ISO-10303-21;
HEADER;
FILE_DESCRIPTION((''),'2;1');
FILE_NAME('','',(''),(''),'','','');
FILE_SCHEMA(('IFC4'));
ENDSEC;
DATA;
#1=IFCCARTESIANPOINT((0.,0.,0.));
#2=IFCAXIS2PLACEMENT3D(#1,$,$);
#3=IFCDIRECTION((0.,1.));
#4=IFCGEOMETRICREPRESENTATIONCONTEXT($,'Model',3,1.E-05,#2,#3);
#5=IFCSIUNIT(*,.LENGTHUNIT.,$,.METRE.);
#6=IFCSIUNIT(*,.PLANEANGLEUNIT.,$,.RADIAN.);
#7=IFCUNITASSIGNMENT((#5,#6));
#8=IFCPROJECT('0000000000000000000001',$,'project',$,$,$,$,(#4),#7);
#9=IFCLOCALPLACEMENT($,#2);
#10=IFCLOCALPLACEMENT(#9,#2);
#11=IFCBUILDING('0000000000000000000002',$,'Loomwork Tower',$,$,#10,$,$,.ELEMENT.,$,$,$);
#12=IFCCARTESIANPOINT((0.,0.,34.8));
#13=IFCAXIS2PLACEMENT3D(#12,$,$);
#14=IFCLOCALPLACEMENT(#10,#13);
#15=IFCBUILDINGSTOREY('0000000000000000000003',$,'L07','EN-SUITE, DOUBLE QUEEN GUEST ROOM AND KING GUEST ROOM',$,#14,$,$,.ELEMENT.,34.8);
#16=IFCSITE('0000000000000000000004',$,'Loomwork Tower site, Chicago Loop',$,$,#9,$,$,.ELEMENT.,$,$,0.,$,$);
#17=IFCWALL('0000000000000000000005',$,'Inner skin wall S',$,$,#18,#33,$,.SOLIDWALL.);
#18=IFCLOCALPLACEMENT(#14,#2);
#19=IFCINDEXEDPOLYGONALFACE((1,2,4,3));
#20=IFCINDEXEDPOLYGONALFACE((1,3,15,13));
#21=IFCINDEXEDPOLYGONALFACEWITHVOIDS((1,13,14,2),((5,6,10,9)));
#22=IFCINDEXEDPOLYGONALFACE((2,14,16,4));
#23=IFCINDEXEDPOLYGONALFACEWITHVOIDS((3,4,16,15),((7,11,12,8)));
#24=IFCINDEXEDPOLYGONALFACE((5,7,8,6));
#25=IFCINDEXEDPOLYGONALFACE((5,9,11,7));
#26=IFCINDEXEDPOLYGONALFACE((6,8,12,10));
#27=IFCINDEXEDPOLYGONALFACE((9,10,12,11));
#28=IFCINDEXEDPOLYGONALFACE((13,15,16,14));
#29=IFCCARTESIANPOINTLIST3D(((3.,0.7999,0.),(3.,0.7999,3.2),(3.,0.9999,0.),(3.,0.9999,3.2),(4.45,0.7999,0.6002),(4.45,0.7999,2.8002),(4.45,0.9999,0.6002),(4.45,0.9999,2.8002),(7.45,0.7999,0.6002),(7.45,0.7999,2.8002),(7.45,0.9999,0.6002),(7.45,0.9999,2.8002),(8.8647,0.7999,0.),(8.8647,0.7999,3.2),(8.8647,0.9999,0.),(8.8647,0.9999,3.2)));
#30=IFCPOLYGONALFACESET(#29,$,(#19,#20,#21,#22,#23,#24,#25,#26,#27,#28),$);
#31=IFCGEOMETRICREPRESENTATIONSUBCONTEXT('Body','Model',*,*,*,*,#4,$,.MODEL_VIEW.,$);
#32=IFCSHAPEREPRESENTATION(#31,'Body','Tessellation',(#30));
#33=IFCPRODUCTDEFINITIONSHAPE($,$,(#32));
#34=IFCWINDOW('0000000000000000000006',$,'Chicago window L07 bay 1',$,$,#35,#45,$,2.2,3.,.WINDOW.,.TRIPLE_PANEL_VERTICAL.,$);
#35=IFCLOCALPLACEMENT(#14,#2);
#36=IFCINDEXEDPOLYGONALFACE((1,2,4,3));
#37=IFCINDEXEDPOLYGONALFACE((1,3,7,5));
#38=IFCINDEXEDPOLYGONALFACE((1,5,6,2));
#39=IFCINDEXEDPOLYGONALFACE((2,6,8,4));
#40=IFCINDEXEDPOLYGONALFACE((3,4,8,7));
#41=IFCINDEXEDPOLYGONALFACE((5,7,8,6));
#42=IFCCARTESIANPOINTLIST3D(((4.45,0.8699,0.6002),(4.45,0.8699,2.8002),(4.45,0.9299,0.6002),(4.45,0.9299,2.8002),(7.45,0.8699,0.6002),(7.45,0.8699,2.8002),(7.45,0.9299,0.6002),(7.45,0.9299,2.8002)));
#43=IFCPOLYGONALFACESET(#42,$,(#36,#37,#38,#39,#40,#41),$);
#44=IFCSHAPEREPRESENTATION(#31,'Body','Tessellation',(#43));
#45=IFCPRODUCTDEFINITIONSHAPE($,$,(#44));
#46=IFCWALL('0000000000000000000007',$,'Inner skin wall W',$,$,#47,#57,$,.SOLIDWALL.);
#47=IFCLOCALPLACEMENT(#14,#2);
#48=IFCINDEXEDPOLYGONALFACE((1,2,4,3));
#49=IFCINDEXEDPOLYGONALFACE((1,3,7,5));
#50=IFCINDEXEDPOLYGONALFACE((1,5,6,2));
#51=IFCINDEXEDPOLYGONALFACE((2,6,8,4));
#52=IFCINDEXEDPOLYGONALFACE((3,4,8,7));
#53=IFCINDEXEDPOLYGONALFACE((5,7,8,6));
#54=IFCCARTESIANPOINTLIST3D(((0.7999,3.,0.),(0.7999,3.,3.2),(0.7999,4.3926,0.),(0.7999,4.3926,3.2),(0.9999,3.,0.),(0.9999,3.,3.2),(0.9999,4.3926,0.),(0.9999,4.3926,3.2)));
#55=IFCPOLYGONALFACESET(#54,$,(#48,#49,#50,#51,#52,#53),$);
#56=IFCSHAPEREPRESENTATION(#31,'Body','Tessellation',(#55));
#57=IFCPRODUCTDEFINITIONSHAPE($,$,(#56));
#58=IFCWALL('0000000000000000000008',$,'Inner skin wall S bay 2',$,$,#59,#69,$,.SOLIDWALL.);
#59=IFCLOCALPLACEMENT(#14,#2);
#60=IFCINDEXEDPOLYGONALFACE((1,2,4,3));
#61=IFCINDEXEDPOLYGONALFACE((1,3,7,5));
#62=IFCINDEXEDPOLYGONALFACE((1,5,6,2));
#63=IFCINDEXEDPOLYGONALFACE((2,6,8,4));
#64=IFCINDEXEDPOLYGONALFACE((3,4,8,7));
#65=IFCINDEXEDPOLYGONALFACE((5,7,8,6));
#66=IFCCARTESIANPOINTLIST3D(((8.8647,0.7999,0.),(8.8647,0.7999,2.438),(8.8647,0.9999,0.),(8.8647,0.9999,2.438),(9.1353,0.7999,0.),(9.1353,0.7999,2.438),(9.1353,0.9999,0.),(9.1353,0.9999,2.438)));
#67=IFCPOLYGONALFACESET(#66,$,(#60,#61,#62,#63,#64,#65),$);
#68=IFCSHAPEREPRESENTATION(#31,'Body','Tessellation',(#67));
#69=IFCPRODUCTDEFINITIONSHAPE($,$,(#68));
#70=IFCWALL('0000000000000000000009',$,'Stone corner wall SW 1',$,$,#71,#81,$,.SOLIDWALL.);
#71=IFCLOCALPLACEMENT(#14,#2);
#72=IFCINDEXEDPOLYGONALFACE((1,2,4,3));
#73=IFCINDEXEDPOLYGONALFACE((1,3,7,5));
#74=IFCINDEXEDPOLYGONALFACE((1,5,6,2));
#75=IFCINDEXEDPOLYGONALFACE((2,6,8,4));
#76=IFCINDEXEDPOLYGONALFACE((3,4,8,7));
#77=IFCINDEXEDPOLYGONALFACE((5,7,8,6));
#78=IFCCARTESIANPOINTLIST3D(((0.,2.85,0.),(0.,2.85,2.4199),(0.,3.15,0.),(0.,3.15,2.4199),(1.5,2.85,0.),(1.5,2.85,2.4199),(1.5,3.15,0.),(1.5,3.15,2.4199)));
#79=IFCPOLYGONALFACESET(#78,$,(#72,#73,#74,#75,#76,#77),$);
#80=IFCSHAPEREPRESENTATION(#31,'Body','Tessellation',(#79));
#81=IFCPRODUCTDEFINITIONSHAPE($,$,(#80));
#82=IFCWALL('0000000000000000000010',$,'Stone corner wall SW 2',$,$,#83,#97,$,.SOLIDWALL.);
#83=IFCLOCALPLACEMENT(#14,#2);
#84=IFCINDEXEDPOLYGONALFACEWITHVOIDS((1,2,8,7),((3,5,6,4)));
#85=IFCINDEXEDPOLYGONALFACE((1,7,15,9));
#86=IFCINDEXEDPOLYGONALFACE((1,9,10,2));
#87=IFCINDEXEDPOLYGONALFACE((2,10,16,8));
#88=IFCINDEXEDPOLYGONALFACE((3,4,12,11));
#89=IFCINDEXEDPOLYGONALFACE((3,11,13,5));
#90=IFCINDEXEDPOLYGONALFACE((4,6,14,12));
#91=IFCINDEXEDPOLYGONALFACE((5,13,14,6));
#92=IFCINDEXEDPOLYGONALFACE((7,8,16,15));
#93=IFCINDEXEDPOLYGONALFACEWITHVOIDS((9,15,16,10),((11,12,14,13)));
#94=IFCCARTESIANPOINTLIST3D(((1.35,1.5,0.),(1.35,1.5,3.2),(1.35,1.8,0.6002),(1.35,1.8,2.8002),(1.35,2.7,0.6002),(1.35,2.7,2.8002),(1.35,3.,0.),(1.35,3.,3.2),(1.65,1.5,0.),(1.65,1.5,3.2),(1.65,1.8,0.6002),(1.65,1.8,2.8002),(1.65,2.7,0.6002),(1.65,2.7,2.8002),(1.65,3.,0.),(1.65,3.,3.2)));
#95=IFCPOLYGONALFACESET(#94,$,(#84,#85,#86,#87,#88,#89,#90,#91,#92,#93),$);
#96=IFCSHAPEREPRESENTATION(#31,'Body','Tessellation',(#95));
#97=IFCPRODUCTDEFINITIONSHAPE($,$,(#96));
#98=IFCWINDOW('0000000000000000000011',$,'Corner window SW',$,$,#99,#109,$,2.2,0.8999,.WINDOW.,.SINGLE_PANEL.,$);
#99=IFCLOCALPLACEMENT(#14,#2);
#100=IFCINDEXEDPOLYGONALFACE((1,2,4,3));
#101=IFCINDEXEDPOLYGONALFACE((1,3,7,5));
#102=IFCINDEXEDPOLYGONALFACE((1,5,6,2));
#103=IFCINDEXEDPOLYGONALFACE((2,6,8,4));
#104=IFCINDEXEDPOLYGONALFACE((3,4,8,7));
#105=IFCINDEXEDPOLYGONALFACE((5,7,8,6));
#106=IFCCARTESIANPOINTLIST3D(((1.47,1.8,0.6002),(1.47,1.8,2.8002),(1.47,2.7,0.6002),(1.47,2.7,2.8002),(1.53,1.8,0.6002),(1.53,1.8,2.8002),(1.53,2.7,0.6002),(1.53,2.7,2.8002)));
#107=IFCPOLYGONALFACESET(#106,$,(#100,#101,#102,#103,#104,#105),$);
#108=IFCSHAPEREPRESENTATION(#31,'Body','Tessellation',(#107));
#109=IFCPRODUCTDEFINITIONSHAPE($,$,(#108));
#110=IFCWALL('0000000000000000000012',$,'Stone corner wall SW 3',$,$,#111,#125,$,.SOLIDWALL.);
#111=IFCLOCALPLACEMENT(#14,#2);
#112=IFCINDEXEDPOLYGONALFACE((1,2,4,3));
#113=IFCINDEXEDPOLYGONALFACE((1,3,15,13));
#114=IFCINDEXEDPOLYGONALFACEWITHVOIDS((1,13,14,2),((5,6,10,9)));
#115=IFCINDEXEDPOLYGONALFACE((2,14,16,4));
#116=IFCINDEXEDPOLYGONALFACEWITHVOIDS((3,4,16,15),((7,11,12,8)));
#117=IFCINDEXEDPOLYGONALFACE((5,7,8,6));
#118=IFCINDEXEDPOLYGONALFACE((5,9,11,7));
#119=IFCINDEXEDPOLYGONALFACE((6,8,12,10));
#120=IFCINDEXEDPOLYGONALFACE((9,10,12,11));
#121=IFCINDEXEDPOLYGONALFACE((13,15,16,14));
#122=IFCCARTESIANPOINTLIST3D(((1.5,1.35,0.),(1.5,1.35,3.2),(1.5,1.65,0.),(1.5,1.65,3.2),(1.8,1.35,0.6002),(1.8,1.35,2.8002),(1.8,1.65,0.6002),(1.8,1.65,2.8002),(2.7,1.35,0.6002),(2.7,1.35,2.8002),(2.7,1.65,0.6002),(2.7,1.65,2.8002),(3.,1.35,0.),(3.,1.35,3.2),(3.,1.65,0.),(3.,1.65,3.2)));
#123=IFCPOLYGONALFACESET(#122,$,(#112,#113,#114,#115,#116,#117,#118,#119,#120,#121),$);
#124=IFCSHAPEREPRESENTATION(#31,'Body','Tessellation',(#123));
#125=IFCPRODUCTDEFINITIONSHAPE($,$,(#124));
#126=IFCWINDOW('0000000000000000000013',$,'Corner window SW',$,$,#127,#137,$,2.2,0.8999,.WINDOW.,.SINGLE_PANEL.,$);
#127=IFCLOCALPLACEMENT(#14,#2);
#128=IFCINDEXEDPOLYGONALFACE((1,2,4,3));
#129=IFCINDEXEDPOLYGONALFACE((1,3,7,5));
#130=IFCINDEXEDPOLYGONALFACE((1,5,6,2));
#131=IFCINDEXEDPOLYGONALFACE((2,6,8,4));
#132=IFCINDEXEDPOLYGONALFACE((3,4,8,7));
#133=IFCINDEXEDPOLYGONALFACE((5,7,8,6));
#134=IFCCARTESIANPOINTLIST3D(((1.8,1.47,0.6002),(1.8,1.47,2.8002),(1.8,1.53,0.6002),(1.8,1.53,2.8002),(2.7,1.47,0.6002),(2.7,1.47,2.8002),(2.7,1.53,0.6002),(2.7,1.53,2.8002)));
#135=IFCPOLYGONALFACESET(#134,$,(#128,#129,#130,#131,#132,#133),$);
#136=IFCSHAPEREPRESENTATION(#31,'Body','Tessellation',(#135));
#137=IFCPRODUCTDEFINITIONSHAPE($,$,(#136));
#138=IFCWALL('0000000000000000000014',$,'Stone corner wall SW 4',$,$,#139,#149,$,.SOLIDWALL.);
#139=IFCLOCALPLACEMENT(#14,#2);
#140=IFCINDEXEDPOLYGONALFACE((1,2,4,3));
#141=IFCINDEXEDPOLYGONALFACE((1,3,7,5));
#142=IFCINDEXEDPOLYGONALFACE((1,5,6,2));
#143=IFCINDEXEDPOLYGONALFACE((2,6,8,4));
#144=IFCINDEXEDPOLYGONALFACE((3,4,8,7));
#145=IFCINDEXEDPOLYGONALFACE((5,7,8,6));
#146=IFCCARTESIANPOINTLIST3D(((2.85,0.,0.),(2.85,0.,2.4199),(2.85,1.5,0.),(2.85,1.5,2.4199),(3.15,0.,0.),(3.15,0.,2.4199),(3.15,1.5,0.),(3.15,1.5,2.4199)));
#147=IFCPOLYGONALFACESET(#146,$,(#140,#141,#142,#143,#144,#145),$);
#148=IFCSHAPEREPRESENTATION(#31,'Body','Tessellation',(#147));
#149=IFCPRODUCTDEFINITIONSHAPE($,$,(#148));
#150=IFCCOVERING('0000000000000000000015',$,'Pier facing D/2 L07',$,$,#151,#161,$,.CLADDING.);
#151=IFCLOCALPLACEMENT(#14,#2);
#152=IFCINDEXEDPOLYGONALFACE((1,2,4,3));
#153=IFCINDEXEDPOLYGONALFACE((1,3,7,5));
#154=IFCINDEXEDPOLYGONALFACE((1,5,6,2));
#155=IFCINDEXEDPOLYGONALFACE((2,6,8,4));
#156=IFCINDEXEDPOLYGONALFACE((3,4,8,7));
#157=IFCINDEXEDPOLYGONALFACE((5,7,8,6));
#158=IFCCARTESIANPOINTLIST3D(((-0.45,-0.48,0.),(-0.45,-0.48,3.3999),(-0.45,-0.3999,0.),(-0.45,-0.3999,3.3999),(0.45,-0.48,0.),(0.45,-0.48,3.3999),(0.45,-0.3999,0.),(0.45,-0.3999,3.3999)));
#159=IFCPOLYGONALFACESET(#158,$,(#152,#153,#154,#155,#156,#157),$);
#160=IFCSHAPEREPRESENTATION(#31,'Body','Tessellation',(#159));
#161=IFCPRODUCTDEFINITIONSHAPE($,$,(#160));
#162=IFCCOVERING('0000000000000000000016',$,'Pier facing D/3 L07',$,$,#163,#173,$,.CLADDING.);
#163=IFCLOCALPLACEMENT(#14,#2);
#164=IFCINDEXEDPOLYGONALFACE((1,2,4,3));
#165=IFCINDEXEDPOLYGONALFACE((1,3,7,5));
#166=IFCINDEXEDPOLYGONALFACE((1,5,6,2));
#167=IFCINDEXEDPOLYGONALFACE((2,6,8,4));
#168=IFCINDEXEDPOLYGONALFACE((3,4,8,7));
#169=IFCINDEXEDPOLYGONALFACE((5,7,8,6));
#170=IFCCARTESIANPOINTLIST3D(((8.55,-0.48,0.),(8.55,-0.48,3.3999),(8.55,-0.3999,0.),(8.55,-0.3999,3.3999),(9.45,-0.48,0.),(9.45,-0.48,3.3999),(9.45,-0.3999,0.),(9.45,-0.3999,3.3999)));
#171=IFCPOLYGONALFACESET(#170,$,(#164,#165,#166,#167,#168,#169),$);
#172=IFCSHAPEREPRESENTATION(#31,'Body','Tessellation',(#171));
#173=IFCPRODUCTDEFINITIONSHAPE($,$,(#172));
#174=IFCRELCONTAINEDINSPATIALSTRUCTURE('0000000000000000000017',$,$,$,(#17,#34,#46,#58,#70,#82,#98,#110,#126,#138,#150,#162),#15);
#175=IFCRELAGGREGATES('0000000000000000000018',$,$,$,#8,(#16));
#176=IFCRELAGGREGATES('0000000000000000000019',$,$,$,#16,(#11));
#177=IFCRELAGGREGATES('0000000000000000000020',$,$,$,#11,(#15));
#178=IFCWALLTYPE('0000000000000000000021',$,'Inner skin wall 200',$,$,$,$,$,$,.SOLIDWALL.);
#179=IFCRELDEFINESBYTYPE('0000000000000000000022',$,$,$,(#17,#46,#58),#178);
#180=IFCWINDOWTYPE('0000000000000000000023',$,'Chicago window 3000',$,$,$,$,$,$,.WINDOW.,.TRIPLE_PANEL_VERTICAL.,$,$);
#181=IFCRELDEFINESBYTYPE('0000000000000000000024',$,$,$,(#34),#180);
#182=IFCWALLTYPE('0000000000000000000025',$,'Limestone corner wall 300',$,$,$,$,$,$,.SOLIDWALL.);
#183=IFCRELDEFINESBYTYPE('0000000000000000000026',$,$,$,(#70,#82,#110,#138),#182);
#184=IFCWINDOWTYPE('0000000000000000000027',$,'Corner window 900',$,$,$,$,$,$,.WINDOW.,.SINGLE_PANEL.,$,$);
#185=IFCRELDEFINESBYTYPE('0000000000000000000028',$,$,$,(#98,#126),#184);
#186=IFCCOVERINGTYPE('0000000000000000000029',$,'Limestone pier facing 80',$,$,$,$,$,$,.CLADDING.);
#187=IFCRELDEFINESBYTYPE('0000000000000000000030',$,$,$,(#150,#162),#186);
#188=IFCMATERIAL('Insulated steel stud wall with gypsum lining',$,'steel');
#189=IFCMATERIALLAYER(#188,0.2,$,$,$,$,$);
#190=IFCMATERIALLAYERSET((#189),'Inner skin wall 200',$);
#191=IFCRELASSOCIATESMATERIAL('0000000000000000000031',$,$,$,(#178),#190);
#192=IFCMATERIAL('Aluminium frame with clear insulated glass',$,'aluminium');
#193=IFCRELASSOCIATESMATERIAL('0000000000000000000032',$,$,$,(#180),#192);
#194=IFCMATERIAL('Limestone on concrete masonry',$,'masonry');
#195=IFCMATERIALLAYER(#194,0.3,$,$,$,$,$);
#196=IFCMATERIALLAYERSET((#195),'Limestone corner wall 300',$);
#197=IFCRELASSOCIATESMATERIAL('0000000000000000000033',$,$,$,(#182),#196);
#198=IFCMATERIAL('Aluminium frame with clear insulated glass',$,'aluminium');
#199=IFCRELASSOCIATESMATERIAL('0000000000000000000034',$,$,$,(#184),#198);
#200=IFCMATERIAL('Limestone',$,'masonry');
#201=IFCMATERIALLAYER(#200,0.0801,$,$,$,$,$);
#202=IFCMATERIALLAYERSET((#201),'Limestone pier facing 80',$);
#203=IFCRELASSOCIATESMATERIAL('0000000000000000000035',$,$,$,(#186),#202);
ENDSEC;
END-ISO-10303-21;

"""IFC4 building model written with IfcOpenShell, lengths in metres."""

from ifc_helpers import new_model, si_unit, direction, frame, frame_2d, origin, origin_2d, place, context, subcontext, project, spatial, rectangle, extrude, material, layer, layer_set, type_object, element, fill, save


model = new_model("IFC4")

# Units and contexts
model_context = context("Model", 3, precision=1e-05, world=origin(), true_north=direction((0.0, 1.0)))
body_context = subcontext(model_context, "Body", "Model", "MODEL_VIEW")
ifc_project = project(units=[si_unit("LENGTHUNIT", "METRE"), si_unit("PLANEANGLEUNIT", "RADIAN")], contexts=[model_context])

# Site, building, storey
site_placement = place(None, origin())
site = spatial("IfcSite", under=ifc_project, at=site_placement, Name="Loomwork Tower site, Chicago Loop", CompositionType="ELEMENT", RefElevation=0.0)
building_placement = place(site_placement, origin())
building = spatial("IfcBuilding", under=site, at=building_placement, Name="Loomwork Tower", CompositionType="ELEMENT")
storey_placement = place(building_placement, frame((0.0, 0.0, 34.8)))
storey = spatial("IfcBuildingStorey", under=building, at=storey_placement, Name="L07", Description="EN-SUITE, DOUBLE QUEEN GUEST ROOM AND KING GUEST ROOM", CompositionType="ELEMENT", Elevation=34.8)

# Wall, opening, window
ifc_material_1 = material(Name="Insulated steel stud wall with gypsum lining", Category="steel")
ifc_layer_1 = layer(ifc_material_1, 0.2)
ifc_layer_set_1 = layer_set([ifc_layer_1], Name="Inner skin wall 200")
wall_type_1 = type_object("IfcWallType", Name="Inner skin wall 200", PredefinedType="SOLIDWALL", material=ifc_layer_set_1)
wall_1_placement = place(storey_placement, frame((3.0, 0.8999, 0.0), z_axis=(0.0, 0.0, 1.0), x_axis=(1.0, 0.0, 0.0)))
wall_1 = element("IfcWall", 1, at=wall_1_placement, inside=storey, type_object=wall_type_1, Name="Inner skin wall S", PredefinedType="SOLIDWALL", context=body_context, shape_type="SweptSolid", body=[
    extrude(rectangle(XDim=5.8647, YDim=0.2, at=frame_2d((2.9324, 0.0))), origin(), (0.0, 0.0, 1.0), 3.2),
])
opening_1_placement = place(wall_1_placement, frame((1.45, 0.0, 0.6001)))
opening_1 = element("IfcOpeningElement", 2, at=opening_1_placement, cuts=wall_1, PredefinedType="OPENING", context=body_context, shape_type="SweptSolid", body=[
    extrude(rectangle(XDim=3.0, YDim=2.2, at=frame_2d((1.5, 1.1001))), frame((0.0, 0.1099, 0.0), z_axis=(0.0, -1.0, 0.0), x_axis=(1.0, 0.0, 0.0)), (0.0, 0.0, 1.0), 0.22),
])
ifc_material_2 = material(Name="Aluminium frame with clear insulated glass", Category="aluminium")
window_type_1 = type_object("IfcWindowType", Name="Chicago window 3000", PartitioningType="TRIPLE_PANEL_VERTICAL", PredefinedType="WINDOW", material=ifc_material_2)
window_1_placement = place(opening_1_placement, origin())
window_1 = element("IfcWindow", 3, at=window_1_placement, inside=storey, type_object=window_type_1, Name="Chicago window L07 bay 1", OverallHeight=2.2, OverallWidth=3.0, PartitioningType="TRIPLE_PANEL_VERTICAL", PredefinedType="WINDOW", context=body_context, shape_type="SweptSolid", body=[
    extrude(rectangle(XDim=3.0, YDim=2.2, at=frame_2d((1.5, 1.1001))), frame((0.0, 0.03, 0.0), z_axis=(0.0, -1.0, 0.0), x_axis=(1.0, 0.0, 0.0)), (0.0, 0.0, 1.0), 0.0601),
])
fill(opening_1, window_1)

# Walls
wall_2_placement = place(storey_placement, frame((0.8999, 3.0, 0.0), z_axis=(0.0, 0.0, 1.0), x_axis=(0.0, 1.0, 0.0)))
element("IfcWall", 4, at=wall_2_placement, inside=storey, type_object=wall_type_1, Name="Inner skin wall W", PredefinedType="SOLIDWALL", context=body_context, shape_type="SweptSolid", body=[
    extrude(rectangle(XDim=1.3926, YDim=0.2, at=frame_2d((0.6963, 0.0))), origin(), (0.0, 0.0, 1.0), 3.2),
])
wall_3_placement = place(storey_placement, frame((8.8647, 0.8999, 0.0), z_axis=(0.0, 0.0, 1.0), x_axis=(1.0, 0.0, 0.0)))
element("IfcWall", 5, at=wall_3_placement, inside=storey, type_object=wall_type_1, Name="Inner skin wall S bay 2", PredefinedType="SOLIDWALL", context=body_context, shape_type="SweptSolid", body=[
    extrude(rectangle(XDim=0.2705, YDim=0.2, at=frame_2d((0.1353, 0.0))), origin(), (0.0, 0.0, 1.0), 2.438),
])
ifc_material_3 = material(Name="Limestone on concrete masonry", Category="masonry")
ifc_layer_2 = layer(ifc_material_3, 0.3)
ifc_layer_set_2 = layer_set([ifc_layer_2], Name="Limestone corner wall 300")
wall_type_2 = type_object("IfcWallType", Name="Limestone corner wall 300", PredefinedType="SOLIDWALL", material=ifc_layer_set_2)
wall_4_placement = place(storey_placement, frame((0.0, 3.0, 0.0), z_axis=(0.0, 0.0, 1.0), x_axis=(1.0, 0.0, 0.0)))
element("IfcWall", 6, at=wall_4_placement, inside=storey, type_object=wall_type_2, Name="Stone corner wall SW 1", PredefinedType="SOLIDWALL", context=body_context, shape_type="SweptSolid", body=[
    extrude(rectangle(XDim=1.5, YDim=0.3, at=frame_2d((0.75, 0.0))), origin(), (0.0, 0.0, 1.0), 2.4199),
])

# Walls, openings, windows
wall_5_placement = place(storey_placement, frame((1.5, 3.0, 0.0), z_axis=(0.0, 0.0, 1.0), x_axis=(0.0, -1.0, 0.0)))
wall_5 = element("IfcWall", 7, at=wall_5_placement, inside=storey, type_object=wall_type_2, Name="Stone corner wall SW 2", PredefinedType="SOLIDWALL", context=body_context, shape_type="SweptSolid", body=[
    extrude(rectangle(XDim=1.5, YDim=0.3, at=frame_2d((0.75, 0.0))), origin(), (0.0, 0.0, 1.0), 3.2),
])
opening_2_placement = place(wall_5_placement, frame((0.3, 0.0, 0.6001)))
opening_2 = element("IfcOpeningElement", 8, at=opening_2_placement, cuts=wall_5, PredefinedType="OPENING", context=body_context, shape_type="SweptSolid", body=[
    extrude(rectangle(XDim=0.8999, YDim=2.2, at=frame_2d((0.45, 1.1001))), frame((0.0, 0.1599, 0.0), z_axis=(0.0, -1.0, 0.0), x_axis=(1.0, 0.0, 0.0)), (0.0, 0.0, 1.0), 0.3201),
])
ifc_material_4 = material(Name="Aluminium frame with clear insulated glass", Category="aluminium")
window_type_2 = type_object("IfcWindowType", Name="Corner window 900", PartitioningType="SINGLE_PANEL", PredefinedType="WINDOW", material=ifc_material_4)
window_2_placement = place(opening_2_placement, origin())
window_2 = element("IfcWindow", 9, at=window_2_placement, inside=storey, type_object=window_type_2, Name="Corner window SW", OverallHeight=2.2, OverallWidth=0.8999, PartitioningType="SINGLE_PANEL", PredefinedType="WINDOW", context=body_context, shape_type="SweptSolid", body=[
    extrude(rectangle(XDim=0.8999, YDim=2.2, at=frame_2d((0.45, 1.1001))), frame((0.0, 0.03, 0.0), z_axis=(0.0, -1.0, 0.0), x_axis=(1.0, 0.0, 0.0)), (0.0, 0.0, 1.0), 0.0601),
])
fill(opening_2, window_2)
wall_6_placement = place(storey_placement, frame((1.5, 1.5, 0.0), z_axis=(0.0, 0.0, 1.0), x_axis=(1.0, 0.0, 0.0)))
wall_6 = element("IfcWall", 10, at=wall_6_placement, inside=storey, type_object=wall_type_2, Name="Stone corner wall SW 3", PredefinedType="SOLIDWALL", context=body_context, shape_type="SweptSolid", body=[
    extrude(rectangle(XDim=1.5, YDim=0.3, at=frame_2d((0.75, 0.0))), origin(), (0.0, 0.0, 1.0), 3.2),
])
opening_3_placement = place(wall_6_placement, frame((0.3, 0.0, 0.6001)))
opening_3 = element("IfcOpeningElement", 11, at=opening_3_placement, cuts=wall_6, PredefinedType="OPENING", context=body_context, shape_type="SweptSolid", body=[
    extrude(rectangle(XDim=0.8999, YDim=2.2, at=frame_2d((0.45, 1.1001))), frame((0.0, 0.1599, 0.0), z_axis=(0.0, -1.0, 0.0), x_axis=(1.0, 0.0, 0.0)), (0.0, 0.0, 1.0), 0.3201),
])
window_3_placement = place(opening_3_placement, origin())
window_3 = element("IfcWindow", 12, at=window_3_placement, inside=storey, type_object=window_type_2, Name="Corner window SW", OverallHeight=2.2, OverallWidth=0.8999, PartitioningType="SINGLE_PANEL", PredefinedType="WINDOW", context=body_context, shape_type="SweptSolid", body=[
    extrude(rectangle(XDim=0.8999, YDim=2.2, at=frame_2d((0.45, 1.1001))), frame((0.0, 0.03, 0.0), z_axis=(0.0, -1.0, 0.0), x_axis=(1.0, 0.0, 0.0)), (0.0, 0.0, 1.0), 0.0601),
])
fill(opening_3, window_3)

# Wall
wall_7_placement = place(storey_placement, frame((3.0, 1.5, 0.0), z_axis=(0.0, 0.0, 1.0), x_axis=(0.0, -1.0, 0.0)))
element("IfcWall", 13, at=wall_7_placement, inside=storey, type_object=wall_type_2, Name="Stone corner wall SW 4", PredefinedType="SOLIDWALL", context=body_context, shape_type="SweptSolid", body=[
    extrude(rectangle(XDim=1.5, YDim=0.3, at=frame_2d((0.75, 0.0))), origin(), (0.0, 0.0, 1.0), 2.4199),
])

# Coverings
ifc_material_5 = material(Name="Limestone", Category="masonry")
ifc_layer_3 = layer(ifc_material_5, 0.0801)
ifc_layer_set_3 = layer_set([ifc_layer_3], Name="Limestone pier facing 80")
covering_type_1 = type_object("IfcCoveringType", Name="Limestone pier facing 80", PredefinedType="CLADDING", material=ifc_layer_set_3)
for number, where, z_axis, x_axis, name in (
    (14, (0.0, -0.4399, 0.0), (0.0, 0.0, 1.0), (1.0, 0.0, 0.0), "Pier facing D/2 L07"),
    (15, (9.0, -0.4399, 0.0), (0.0, 0.0, 1.0), (1.0, 0.0, 0.0), "Pier facing D/3 L07"),
):
    element("IfcCovering", number, at=place(storey_placement, frame(where, z_axis=z_axis, x_axis=x_axis)), inside=storey, type_object=covering_type_1, Name=name, PredefinedType="CLADDING", context=body_context, shape_type="SweptSolid", body=[
        extrude(rectangle(XDim=0.8999, YDim=0.0801, at=origin_2d()), origin(), (0.0, 0.0, 1.0), 3.3999),
    ])

save(model, "model.ifc")
